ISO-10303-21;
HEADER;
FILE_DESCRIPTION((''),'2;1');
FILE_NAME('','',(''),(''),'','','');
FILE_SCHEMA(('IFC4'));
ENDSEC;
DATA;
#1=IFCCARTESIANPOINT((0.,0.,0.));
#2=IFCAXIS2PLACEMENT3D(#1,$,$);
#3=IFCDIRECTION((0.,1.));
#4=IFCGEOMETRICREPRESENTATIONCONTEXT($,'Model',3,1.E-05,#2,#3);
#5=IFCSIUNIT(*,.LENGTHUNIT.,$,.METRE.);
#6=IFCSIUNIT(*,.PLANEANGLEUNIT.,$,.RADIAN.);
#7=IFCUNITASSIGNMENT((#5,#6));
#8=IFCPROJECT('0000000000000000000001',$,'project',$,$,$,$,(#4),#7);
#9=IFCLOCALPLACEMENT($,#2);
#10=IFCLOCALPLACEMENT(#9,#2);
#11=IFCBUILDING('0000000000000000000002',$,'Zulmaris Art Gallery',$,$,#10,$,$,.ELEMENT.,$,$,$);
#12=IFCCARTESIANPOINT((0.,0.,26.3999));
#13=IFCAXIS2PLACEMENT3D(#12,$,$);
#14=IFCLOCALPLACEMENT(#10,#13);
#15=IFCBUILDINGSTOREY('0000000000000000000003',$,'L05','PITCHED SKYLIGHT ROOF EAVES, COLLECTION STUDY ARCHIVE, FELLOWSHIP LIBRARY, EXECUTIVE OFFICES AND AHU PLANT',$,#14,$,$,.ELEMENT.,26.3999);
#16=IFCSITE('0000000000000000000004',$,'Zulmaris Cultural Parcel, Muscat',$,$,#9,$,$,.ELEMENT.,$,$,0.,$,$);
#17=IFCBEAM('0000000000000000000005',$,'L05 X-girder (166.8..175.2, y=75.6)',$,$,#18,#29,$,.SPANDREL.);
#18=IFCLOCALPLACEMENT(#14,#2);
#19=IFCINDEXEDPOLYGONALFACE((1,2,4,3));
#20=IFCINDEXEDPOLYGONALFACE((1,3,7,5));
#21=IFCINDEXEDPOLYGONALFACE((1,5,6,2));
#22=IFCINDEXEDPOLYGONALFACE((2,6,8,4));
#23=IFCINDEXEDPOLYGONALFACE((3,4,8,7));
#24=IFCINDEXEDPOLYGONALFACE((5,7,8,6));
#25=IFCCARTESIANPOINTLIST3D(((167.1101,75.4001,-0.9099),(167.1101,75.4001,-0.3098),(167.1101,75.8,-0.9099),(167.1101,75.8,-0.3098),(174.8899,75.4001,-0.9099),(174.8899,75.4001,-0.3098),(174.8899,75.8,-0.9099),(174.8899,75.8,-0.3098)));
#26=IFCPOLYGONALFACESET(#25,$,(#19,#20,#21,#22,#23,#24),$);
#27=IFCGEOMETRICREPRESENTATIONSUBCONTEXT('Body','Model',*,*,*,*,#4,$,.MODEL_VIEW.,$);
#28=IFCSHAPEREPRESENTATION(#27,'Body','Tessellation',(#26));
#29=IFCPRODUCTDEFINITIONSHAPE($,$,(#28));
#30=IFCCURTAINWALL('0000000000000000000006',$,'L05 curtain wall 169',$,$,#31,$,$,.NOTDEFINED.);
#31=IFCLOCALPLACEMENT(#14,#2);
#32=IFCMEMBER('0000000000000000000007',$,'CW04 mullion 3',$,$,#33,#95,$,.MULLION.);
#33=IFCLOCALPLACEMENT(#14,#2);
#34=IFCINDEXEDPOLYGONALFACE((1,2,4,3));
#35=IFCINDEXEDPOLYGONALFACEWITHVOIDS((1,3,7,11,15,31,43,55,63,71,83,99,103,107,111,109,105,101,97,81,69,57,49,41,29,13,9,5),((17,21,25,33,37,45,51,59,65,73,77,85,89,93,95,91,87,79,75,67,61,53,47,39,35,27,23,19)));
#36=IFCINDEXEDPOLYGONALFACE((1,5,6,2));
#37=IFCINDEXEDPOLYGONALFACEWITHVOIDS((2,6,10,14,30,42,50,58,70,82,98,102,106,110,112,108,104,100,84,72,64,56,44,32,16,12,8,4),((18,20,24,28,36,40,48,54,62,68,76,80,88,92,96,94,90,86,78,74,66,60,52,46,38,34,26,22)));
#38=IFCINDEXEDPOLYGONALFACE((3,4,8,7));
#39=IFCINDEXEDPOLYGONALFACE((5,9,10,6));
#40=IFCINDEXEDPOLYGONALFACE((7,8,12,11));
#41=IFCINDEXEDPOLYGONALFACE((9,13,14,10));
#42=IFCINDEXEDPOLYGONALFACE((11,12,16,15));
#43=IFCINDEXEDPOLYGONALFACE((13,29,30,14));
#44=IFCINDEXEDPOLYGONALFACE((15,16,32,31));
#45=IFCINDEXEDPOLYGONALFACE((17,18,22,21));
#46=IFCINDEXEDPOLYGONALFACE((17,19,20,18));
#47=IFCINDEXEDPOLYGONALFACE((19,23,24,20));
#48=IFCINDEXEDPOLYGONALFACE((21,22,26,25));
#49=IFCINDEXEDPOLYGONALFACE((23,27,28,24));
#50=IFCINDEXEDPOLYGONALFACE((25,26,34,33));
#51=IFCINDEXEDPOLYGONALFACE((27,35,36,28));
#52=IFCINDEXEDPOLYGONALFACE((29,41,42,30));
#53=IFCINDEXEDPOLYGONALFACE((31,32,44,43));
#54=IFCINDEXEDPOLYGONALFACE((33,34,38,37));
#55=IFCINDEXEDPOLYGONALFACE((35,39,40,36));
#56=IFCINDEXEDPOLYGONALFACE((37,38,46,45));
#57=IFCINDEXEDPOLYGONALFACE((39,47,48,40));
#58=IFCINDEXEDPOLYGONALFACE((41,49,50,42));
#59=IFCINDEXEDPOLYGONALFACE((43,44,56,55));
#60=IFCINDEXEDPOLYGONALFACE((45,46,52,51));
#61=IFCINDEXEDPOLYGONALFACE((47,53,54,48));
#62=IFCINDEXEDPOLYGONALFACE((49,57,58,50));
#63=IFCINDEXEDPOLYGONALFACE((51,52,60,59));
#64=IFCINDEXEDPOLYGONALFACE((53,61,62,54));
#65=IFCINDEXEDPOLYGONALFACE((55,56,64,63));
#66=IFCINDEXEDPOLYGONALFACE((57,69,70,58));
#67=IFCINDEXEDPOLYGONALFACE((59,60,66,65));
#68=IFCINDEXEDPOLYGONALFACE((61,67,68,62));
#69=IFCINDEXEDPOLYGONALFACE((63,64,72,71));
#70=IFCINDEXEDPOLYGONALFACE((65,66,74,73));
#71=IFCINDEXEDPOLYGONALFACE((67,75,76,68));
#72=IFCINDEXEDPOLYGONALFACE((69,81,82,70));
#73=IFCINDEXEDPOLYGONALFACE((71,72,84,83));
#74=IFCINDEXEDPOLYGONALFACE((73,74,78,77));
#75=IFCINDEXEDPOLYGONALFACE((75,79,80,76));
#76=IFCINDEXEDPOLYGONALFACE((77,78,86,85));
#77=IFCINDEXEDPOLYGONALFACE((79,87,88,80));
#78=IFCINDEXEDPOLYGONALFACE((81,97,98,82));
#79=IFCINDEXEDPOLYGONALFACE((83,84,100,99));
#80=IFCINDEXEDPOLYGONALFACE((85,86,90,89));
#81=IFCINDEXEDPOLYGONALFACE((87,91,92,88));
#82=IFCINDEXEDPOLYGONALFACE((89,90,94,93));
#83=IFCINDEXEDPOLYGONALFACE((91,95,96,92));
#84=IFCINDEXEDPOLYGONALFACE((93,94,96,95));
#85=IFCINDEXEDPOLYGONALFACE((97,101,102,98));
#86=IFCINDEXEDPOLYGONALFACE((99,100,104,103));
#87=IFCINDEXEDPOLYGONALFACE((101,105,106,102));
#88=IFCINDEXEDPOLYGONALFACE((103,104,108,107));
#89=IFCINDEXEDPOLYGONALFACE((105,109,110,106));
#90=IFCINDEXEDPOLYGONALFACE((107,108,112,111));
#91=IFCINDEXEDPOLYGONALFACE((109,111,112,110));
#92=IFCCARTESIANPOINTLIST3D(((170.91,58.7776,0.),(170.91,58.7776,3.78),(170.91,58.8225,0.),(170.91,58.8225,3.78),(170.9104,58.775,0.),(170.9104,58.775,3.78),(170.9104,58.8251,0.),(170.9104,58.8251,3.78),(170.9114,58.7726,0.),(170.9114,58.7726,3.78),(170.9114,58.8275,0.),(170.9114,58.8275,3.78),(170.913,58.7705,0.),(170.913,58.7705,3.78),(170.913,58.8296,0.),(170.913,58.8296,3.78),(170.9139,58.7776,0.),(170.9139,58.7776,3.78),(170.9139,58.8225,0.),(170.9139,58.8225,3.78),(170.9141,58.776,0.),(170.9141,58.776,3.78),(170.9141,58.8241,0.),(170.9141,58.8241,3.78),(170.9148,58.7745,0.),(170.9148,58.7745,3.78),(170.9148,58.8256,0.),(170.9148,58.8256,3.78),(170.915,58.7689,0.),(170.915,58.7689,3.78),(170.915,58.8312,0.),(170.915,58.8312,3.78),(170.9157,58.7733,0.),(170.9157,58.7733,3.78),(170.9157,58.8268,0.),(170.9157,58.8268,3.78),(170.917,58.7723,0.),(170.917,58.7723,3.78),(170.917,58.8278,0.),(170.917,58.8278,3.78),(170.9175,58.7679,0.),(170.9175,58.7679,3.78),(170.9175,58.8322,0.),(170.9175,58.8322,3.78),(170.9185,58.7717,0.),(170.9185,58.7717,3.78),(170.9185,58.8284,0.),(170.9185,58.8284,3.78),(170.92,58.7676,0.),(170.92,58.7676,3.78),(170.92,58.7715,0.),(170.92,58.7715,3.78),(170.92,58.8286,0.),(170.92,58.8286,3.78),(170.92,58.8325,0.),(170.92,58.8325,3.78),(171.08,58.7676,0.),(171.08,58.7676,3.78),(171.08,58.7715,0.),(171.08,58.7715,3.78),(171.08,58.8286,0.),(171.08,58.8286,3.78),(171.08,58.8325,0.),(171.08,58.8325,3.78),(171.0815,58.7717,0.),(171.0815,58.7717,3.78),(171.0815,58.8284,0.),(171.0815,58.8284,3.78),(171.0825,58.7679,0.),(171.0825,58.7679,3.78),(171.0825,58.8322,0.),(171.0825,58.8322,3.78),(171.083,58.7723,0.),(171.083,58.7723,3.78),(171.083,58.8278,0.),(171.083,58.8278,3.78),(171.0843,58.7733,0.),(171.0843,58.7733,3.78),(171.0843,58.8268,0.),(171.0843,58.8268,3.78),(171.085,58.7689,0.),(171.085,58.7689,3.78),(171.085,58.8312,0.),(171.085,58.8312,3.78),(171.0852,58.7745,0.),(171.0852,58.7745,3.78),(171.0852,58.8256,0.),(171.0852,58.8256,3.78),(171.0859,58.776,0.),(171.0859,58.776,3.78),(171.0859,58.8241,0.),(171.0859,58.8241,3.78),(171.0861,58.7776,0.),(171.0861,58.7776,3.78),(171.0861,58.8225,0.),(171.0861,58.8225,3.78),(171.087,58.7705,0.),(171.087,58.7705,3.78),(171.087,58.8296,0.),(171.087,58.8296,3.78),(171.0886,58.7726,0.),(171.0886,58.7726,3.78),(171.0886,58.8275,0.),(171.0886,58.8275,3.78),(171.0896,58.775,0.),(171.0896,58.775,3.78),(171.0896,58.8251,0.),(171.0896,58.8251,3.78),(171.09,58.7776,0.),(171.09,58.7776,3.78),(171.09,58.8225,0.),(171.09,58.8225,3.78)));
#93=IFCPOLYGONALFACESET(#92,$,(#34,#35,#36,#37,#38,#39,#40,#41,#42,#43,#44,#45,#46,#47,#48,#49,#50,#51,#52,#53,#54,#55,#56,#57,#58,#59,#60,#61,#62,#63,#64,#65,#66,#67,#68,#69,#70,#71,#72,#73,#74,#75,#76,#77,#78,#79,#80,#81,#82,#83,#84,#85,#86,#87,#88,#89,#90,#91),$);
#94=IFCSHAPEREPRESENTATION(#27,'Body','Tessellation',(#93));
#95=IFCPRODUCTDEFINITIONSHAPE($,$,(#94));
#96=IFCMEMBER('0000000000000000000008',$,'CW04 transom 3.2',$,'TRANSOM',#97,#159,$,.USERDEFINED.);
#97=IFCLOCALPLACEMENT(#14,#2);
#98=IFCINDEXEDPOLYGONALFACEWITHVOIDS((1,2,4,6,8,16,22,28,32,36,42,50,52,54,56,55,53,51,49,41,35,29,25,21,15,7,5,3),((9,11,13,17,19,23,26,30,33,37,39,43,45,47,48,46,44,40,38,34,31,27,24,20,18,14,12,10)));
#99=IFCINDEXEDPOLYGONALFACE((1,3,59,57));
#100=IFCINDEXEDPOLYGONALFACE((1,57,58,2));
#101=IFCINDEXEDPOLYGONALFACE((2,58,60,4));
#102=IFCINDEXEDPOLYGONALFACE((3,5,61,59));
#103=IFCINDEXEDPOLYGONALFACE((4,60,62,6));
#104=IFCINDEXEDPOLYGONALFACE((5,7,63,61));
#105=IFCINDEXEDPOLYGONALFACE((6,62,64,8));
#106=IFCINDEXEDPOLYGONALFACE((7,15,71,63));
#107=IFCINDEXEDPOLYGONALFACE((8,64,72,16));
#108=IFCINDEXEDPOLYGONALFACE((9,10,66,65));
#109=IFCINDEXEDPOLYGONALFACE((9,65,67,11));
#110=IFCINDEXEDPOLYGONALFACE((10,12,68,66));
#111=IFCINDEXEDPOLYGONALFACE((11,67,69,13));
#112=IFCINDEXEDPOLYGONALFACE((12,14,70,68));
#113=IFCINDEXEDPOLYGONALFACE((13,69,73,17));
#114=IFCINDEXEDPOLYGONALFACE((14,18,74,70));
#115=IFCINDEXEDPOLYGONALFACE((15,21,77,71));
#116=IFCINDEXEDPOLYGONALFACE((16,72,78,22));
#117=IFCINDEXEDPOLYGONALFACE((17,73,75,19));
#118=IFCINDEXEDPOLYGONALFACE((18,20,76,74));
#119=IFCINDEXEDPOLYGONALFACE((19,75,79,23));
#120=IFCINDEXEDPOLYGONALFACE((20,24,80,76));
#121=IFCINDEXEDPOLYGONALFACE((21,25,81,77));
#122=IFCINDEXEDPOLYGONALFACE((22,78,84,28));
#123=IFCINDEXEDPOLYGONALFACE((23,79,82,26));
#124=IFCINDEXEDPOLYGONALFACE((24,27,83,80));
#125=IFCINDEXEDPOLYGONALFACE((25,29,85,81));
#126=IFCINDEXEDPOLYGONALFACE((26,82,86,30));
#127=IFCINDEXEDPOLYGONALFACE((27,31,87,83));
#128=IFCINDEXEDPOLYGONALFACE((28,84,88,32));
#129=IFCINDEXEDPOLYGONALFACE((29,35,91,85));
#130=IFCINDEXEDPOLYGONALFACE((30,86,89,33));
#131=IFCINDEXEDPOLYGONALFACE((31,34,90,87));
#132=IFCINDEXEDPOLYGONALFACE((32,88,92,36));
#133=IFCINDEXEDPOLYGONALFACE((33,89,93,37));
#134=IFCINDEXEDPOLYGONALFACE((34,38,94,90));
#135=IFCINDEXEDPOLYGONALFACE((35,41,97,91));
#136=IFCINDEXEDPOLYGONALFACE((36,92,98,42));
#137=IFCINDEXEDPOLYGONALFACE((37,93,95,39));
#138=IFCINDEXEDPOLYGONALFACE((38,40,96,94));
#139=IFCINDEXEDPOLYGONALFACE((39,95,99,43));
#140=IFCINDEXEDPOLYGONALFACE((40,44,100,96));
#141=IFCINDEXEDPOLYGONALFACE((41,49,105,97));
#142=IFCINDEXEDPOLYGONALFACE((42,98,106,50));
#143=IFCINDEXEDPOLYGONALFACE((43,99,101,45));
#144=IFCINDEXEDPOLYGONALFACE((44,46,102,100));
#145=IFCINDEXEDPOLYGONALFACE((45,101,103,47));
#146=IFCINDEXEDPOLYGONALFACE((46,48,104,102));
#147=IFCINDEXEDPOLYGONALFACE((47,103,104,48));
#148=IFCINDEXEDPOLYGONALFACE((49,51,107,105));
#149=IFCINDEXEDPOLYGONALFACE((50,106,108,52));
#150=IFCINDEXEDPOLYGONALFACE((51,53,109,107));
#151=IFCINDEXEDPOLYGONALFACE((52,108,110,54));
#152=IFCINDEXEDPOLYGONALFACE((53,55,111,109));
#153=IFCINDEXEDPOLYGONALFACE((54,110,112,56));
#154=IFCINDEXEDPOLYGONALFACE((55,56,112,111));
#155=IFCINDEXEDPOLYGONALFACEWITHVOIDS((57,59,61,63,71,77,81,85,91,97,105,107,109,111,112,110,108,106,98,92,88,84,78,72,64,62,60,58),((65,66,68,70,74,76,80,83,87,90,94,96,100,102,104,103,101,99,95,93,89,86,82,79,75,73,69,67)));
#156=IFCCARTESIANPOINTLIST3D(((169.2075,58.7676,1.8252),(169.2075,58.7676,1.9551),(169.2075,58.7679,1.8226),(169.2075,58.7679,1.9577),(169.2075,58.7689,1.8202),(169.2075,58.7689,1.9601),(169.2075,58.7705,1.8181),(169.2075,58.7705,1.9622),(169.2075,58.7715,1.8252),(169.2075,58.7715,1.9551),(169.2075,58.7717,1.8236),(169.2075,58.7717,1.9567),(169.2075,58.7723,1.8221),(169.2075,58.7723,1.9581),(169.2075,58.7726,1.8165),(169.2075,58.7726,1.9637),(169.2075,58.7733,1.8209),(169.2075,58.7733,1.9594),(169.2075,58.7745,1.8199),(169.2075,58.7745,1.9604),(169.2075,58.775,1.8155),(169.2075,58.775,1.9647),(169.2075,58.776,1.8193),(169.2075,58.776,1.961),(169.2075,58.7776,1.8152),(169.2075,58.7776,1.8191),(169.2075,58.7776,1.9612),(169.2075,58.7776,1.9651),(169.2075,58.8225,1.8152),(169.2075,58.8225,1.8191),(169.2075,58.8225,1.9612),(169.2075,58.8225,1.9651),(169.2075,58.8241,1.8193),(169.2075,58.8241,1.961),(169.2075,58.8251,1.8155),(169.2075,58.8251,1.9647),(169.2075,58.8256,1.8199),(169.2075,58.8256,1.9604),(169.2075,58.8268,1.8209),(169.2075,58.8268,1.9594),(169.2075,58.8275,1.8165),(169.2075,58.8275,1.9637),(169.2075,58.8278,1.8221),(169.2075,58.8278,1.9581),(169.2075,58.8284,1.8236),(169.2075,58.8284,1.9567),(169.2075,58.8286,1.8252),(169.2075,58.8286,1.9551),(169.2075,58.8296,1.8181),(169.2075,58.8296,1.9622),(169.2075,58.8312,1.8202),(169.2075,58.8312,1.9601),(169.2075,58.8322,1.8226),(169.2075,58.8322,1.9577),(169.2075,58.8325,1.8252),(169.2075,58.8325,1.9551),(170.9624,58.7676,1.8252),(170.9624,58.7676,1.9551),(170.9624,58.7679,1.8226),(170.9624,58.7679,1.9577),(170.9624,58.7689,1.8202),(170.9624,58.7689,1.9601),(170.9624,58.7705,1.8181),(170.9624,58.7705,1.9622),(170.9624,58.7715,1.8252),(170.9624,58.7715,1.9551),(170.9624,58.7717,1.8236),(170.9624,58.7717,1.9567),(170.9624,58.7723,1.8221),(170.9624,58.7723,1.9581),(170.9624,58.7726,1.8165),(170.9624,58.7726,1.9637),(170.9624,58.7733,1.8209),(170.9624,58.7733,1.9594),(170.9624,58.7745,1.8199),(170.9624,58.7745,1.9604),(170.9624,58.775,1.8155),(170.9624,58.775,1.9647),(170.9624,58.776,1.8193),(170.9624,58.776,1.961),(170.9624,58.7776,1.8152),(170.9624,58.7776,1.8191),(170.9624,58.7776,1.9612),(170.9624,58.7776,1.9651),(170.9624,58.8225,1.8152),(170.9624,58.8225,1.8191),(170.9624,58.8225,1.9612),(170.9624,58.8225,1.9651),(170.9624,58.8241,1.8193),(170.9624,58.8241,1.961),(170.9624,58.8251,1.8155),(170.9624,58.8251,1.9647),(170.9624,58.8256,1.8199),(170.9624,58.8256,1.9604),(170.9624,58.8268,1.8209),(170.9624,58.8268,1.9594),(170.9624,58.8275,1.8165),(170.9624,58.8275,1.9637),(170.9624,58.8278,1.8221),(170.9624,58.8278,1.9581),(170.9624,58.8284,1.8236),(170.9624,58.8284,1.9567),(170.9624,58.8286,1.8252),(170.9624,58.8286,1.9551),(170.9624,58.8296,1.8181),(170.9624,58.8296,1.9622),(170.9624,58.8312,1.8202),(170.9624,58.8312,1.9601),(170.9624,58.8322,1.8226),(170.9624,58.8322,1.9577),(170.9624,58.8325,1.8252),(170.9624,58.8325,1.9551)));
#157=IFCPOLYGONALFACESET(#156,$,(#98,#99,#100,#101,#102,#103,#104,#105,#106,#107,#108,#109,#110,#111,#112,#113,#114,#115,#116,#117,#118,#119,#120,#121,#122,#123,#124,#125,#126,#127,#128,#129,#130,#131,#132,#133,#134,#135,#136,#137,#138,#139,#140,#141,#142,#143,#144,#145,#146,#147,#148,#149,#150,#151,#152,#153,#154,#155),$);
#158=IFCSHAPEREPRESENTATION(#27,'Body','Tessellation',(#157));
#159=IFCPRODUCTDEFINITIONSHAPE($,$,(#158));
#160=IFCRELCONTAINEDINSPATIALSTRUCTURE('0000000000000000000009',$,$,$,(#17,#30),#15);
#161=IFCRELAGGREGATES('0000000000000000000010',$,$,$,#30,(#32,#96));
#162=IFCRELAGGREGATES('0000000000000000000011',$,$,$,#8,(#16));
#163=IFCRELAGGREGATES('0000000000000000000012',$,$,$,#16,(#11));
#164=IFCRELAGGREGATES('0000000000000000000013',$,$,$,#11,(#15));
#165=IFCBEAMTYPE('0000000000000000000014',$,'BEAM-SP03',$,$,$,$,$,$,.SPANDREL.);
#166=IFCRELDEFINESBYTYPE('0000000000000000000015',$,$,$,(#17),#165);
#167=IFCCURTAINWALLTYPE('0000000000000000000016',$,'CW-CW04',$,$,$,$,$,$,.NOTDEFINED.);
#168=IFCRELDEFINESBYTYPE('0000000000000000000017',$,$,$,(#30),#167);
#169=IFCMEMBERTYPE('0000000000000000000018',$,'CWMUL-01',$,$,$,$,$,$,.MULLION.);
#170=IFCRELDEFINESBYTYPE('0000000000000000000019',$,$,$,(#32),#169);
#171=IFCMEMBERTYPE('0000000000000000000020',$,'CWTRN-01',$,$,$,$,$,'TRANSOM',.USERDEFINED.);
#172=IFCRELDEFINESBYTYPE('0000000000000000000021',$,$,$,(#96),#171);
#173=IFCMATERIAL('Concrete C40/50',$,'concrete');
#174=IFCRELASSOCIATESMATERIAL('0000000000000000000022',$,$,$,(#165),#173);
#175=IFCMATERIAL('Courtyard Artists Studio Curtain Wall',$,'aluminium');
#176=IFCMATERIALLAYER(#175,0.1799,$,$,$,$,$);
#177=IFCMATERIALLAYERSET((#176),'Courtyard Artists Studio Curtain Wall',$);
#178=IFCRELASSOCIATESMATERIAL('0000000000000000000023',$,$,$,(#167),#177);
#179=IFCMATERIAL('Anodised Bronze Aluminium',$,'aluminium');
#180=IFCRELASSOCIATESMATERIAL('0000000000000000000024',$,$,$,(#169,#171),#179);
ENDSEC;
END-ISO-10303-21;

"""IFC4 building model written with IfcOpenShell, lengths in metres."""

from ifc_helpers import new_model, si_unit, direction, frame, origin, origin_2d, place, context, subcontext, project, spatial, rectangle, hollow_rectangle, extrude, material, layer, layer_set, material_profile, profile_set, type_object, element, aggregate, save


model = new_model("IFC4")

# Units and contexts
model_context = context("Model", 3, precision=1e-05, world=origin(), true_north=direction((0.0, 1.0)))
body_context = subcontext(model_context, "Body", "Model", "MODEL_VIEW")
ifc_project = project(units=[si_unit("LENGTHUNIT", "METRE"), si_unit("PLANEANGLEUNIT", "RADIAN")], contexts=[model_context])

# Site, building, storey
site_placement = place(None, origin())
site = spatial("IfcSite", under=ifc_project, at=site_placement, Name="Zulmaris Cultural Parcel, Muscat", CompositionType="ELEMENT", RefElevation=0.0)
building_placement = place(site_placement, origin())
building = spatial("IfcBuilding", under=site, at=building_placement, Name="Zulmaris Art Gallery", CompositionType="ELEMENT")
storey_placement = place(building_placement, frame((0.0, 0.0, 26.3999)))
storey = spatial("IfcBuildingStorey", under=building, at=storey_placement, Name="L05", Description="PITCHED SKYLIGHT ROOF EAVES, COLLECTION STUDY ARCHIVE, FELLOWSHIP LIBRARY, EXECUTIVE OFFICES AND AHU PLANT", CompositionType="ELEMENT", Elevation=26.3999)

# Shared definitions
ifc_material_1 = material(Name="Concrete C40/50", Category="concrete")

# Beam
ifc_material_profile_1 = material_profile(ifc_material_1, rectangle(XDim=0.3999, YDim=0.6001, at=origin_2d()), Name="RC 400x600")
ifc_profile_set_1 = profile_set([ifc_material_profile_1], Name="Concrete C40/50")
beam_type_1 = type_object("IfcBeamType", Name="BEAM-SP03", PredefinedType="SPANDREL", material=ifc_profile_set_1)
beam_1_placement = place(storey_placement, frame((167.1101, 75.6001, -0.6099), z_axis=(1.0, 0.0, 0.0), x_axis=(0.0, 1.0, 0.0)))
element("IfcBeam", 1, at=beam_1_placement, inside=storey, type_object=beam_type_1, Name="L05 X-girder (166.8..175.2, y=75.6)", PredefinedType="SPANDREL", context=body_context, shape_type="SweptSolid", body=[
    extrude(rectangle(XDim=0.3999, YDim=0.6001, at=origin_2d()), origin(), (0.0, 0.0, 1.0), 7.7798),
])

# Curtain wall, members
ifc_material_2 = material(Name="Courtyard Artists Studio Curtain Wall", Category="aluminium")
ifc_layer_1 = layer(ifc_material_2, 0.1799)
ifc_layer_set_1 = layer_set([ifc_layer_1], Name="Courtyard Artists Studio Curtain Wall")
curtain_wall_type = type_object("IfcCurtainWallType", Name="CW-CW04", PredefinedType="NOTDEFINED", material=ifc_layer_set_1)
curtain_wall_placement = place(storey_placement, origin())
curtain_wall = element("IfcCurtainWall", 2, at=curtain_wall_placement, inside=storey, type_object=curtain_wall_type, Name="L05 curtain wall 169", PredefinedType="NOTDEFINED")
ifc_material_3 = material(Name="Anodised Bronze Aluminium", Category="aluminium")
ifc_material_profile_2 = material_profile(ifc_material_3, hollow_rectangle(XDim=0.0649, YDim=0.1799, WallThickness=0.0039, InnerFilletRadius=0.0061, OuterFilletRadius=0.01, at=origin_2d()), Name="ALU 65x180x4")
ifc_profile_set_2 = profile_set([ifc_material_profile_2], Name="Anodised Bronze Aluminium")
member_type_1 = type_object("IfcMemberType", Name="CWMUL-01", PredefinedType="MULLION", material=ifc_profile_set_2)
member_1_placement = place(storey_placement, frame((171.0, 58.8, 0.0), z_axis=(0.0, 0.0, 1.0), x_axis=(0.0, -1.0, 0.0)))
member_1 = element("IfcMember", 3, at=member_1_placement, type_object=member_type_1, Name="CW04 mullion 3", PredefinedType="MULLION", context=body_context, shape_type="SweptSolid", body=[
    extrude(hollow_rectangle(XDim=0.0649, YDim=0.1799, WallThickness=0.0039, InnerFilletRadius=0.0061, OuterFilletRadius=0.01, at=origin_2d()), origin(), (0.0, 0.0, 1.0), 3.78),
])
ifc_material_profile_3 = material_profile(ifc_material_3, hollow_rectangle(XDim=0.0649, YDim=0.1499, WallThickness=0.0039, InnerFilletRadius=0.0061, OuterFilletRadius=0.01, at=origin_2d()), Name="ALU 65x150x4")
ifc_profile_set_3 = profile_set([ifc_material_profile_3], Name="Anodised Bronze Aluminium")
member_type_2 = type_object("IfcMemberType", Name="CWTRN-01", ElementType="TRANSOM", PredefinedType="USERDEFINED", material=ifc_profile_set_3)
member_2_placement = place(storey_placement, frame((170.9624, 58.8, 1.8901), z_axis=(-1.0, 0.0, 0.0), x_axis=(0.0, -1.0, 0.0)))
member_2 = element("IfcMember", 4, at=member_2_placement, type_object=member_type_2, Name="CW04 transom 3.2", ObjectType="TRANSOM", PredefinedType="USERDEFINED", context=body_context, shape_type="SweptSolid", body=[
    extrude(hollow_rectangle(XDim=0.0649, YDim=0.1499, WallThickness=0.0039, InnerFilletRadius=0.0061, OuterFilletRadius=0.01, at=origin_2d()), origin(), (0.0, 0.0, 1.0), 1.7549),
])
aggregate(curtain_wall, [member_1, member_2])

save(model, "model.ifc")
